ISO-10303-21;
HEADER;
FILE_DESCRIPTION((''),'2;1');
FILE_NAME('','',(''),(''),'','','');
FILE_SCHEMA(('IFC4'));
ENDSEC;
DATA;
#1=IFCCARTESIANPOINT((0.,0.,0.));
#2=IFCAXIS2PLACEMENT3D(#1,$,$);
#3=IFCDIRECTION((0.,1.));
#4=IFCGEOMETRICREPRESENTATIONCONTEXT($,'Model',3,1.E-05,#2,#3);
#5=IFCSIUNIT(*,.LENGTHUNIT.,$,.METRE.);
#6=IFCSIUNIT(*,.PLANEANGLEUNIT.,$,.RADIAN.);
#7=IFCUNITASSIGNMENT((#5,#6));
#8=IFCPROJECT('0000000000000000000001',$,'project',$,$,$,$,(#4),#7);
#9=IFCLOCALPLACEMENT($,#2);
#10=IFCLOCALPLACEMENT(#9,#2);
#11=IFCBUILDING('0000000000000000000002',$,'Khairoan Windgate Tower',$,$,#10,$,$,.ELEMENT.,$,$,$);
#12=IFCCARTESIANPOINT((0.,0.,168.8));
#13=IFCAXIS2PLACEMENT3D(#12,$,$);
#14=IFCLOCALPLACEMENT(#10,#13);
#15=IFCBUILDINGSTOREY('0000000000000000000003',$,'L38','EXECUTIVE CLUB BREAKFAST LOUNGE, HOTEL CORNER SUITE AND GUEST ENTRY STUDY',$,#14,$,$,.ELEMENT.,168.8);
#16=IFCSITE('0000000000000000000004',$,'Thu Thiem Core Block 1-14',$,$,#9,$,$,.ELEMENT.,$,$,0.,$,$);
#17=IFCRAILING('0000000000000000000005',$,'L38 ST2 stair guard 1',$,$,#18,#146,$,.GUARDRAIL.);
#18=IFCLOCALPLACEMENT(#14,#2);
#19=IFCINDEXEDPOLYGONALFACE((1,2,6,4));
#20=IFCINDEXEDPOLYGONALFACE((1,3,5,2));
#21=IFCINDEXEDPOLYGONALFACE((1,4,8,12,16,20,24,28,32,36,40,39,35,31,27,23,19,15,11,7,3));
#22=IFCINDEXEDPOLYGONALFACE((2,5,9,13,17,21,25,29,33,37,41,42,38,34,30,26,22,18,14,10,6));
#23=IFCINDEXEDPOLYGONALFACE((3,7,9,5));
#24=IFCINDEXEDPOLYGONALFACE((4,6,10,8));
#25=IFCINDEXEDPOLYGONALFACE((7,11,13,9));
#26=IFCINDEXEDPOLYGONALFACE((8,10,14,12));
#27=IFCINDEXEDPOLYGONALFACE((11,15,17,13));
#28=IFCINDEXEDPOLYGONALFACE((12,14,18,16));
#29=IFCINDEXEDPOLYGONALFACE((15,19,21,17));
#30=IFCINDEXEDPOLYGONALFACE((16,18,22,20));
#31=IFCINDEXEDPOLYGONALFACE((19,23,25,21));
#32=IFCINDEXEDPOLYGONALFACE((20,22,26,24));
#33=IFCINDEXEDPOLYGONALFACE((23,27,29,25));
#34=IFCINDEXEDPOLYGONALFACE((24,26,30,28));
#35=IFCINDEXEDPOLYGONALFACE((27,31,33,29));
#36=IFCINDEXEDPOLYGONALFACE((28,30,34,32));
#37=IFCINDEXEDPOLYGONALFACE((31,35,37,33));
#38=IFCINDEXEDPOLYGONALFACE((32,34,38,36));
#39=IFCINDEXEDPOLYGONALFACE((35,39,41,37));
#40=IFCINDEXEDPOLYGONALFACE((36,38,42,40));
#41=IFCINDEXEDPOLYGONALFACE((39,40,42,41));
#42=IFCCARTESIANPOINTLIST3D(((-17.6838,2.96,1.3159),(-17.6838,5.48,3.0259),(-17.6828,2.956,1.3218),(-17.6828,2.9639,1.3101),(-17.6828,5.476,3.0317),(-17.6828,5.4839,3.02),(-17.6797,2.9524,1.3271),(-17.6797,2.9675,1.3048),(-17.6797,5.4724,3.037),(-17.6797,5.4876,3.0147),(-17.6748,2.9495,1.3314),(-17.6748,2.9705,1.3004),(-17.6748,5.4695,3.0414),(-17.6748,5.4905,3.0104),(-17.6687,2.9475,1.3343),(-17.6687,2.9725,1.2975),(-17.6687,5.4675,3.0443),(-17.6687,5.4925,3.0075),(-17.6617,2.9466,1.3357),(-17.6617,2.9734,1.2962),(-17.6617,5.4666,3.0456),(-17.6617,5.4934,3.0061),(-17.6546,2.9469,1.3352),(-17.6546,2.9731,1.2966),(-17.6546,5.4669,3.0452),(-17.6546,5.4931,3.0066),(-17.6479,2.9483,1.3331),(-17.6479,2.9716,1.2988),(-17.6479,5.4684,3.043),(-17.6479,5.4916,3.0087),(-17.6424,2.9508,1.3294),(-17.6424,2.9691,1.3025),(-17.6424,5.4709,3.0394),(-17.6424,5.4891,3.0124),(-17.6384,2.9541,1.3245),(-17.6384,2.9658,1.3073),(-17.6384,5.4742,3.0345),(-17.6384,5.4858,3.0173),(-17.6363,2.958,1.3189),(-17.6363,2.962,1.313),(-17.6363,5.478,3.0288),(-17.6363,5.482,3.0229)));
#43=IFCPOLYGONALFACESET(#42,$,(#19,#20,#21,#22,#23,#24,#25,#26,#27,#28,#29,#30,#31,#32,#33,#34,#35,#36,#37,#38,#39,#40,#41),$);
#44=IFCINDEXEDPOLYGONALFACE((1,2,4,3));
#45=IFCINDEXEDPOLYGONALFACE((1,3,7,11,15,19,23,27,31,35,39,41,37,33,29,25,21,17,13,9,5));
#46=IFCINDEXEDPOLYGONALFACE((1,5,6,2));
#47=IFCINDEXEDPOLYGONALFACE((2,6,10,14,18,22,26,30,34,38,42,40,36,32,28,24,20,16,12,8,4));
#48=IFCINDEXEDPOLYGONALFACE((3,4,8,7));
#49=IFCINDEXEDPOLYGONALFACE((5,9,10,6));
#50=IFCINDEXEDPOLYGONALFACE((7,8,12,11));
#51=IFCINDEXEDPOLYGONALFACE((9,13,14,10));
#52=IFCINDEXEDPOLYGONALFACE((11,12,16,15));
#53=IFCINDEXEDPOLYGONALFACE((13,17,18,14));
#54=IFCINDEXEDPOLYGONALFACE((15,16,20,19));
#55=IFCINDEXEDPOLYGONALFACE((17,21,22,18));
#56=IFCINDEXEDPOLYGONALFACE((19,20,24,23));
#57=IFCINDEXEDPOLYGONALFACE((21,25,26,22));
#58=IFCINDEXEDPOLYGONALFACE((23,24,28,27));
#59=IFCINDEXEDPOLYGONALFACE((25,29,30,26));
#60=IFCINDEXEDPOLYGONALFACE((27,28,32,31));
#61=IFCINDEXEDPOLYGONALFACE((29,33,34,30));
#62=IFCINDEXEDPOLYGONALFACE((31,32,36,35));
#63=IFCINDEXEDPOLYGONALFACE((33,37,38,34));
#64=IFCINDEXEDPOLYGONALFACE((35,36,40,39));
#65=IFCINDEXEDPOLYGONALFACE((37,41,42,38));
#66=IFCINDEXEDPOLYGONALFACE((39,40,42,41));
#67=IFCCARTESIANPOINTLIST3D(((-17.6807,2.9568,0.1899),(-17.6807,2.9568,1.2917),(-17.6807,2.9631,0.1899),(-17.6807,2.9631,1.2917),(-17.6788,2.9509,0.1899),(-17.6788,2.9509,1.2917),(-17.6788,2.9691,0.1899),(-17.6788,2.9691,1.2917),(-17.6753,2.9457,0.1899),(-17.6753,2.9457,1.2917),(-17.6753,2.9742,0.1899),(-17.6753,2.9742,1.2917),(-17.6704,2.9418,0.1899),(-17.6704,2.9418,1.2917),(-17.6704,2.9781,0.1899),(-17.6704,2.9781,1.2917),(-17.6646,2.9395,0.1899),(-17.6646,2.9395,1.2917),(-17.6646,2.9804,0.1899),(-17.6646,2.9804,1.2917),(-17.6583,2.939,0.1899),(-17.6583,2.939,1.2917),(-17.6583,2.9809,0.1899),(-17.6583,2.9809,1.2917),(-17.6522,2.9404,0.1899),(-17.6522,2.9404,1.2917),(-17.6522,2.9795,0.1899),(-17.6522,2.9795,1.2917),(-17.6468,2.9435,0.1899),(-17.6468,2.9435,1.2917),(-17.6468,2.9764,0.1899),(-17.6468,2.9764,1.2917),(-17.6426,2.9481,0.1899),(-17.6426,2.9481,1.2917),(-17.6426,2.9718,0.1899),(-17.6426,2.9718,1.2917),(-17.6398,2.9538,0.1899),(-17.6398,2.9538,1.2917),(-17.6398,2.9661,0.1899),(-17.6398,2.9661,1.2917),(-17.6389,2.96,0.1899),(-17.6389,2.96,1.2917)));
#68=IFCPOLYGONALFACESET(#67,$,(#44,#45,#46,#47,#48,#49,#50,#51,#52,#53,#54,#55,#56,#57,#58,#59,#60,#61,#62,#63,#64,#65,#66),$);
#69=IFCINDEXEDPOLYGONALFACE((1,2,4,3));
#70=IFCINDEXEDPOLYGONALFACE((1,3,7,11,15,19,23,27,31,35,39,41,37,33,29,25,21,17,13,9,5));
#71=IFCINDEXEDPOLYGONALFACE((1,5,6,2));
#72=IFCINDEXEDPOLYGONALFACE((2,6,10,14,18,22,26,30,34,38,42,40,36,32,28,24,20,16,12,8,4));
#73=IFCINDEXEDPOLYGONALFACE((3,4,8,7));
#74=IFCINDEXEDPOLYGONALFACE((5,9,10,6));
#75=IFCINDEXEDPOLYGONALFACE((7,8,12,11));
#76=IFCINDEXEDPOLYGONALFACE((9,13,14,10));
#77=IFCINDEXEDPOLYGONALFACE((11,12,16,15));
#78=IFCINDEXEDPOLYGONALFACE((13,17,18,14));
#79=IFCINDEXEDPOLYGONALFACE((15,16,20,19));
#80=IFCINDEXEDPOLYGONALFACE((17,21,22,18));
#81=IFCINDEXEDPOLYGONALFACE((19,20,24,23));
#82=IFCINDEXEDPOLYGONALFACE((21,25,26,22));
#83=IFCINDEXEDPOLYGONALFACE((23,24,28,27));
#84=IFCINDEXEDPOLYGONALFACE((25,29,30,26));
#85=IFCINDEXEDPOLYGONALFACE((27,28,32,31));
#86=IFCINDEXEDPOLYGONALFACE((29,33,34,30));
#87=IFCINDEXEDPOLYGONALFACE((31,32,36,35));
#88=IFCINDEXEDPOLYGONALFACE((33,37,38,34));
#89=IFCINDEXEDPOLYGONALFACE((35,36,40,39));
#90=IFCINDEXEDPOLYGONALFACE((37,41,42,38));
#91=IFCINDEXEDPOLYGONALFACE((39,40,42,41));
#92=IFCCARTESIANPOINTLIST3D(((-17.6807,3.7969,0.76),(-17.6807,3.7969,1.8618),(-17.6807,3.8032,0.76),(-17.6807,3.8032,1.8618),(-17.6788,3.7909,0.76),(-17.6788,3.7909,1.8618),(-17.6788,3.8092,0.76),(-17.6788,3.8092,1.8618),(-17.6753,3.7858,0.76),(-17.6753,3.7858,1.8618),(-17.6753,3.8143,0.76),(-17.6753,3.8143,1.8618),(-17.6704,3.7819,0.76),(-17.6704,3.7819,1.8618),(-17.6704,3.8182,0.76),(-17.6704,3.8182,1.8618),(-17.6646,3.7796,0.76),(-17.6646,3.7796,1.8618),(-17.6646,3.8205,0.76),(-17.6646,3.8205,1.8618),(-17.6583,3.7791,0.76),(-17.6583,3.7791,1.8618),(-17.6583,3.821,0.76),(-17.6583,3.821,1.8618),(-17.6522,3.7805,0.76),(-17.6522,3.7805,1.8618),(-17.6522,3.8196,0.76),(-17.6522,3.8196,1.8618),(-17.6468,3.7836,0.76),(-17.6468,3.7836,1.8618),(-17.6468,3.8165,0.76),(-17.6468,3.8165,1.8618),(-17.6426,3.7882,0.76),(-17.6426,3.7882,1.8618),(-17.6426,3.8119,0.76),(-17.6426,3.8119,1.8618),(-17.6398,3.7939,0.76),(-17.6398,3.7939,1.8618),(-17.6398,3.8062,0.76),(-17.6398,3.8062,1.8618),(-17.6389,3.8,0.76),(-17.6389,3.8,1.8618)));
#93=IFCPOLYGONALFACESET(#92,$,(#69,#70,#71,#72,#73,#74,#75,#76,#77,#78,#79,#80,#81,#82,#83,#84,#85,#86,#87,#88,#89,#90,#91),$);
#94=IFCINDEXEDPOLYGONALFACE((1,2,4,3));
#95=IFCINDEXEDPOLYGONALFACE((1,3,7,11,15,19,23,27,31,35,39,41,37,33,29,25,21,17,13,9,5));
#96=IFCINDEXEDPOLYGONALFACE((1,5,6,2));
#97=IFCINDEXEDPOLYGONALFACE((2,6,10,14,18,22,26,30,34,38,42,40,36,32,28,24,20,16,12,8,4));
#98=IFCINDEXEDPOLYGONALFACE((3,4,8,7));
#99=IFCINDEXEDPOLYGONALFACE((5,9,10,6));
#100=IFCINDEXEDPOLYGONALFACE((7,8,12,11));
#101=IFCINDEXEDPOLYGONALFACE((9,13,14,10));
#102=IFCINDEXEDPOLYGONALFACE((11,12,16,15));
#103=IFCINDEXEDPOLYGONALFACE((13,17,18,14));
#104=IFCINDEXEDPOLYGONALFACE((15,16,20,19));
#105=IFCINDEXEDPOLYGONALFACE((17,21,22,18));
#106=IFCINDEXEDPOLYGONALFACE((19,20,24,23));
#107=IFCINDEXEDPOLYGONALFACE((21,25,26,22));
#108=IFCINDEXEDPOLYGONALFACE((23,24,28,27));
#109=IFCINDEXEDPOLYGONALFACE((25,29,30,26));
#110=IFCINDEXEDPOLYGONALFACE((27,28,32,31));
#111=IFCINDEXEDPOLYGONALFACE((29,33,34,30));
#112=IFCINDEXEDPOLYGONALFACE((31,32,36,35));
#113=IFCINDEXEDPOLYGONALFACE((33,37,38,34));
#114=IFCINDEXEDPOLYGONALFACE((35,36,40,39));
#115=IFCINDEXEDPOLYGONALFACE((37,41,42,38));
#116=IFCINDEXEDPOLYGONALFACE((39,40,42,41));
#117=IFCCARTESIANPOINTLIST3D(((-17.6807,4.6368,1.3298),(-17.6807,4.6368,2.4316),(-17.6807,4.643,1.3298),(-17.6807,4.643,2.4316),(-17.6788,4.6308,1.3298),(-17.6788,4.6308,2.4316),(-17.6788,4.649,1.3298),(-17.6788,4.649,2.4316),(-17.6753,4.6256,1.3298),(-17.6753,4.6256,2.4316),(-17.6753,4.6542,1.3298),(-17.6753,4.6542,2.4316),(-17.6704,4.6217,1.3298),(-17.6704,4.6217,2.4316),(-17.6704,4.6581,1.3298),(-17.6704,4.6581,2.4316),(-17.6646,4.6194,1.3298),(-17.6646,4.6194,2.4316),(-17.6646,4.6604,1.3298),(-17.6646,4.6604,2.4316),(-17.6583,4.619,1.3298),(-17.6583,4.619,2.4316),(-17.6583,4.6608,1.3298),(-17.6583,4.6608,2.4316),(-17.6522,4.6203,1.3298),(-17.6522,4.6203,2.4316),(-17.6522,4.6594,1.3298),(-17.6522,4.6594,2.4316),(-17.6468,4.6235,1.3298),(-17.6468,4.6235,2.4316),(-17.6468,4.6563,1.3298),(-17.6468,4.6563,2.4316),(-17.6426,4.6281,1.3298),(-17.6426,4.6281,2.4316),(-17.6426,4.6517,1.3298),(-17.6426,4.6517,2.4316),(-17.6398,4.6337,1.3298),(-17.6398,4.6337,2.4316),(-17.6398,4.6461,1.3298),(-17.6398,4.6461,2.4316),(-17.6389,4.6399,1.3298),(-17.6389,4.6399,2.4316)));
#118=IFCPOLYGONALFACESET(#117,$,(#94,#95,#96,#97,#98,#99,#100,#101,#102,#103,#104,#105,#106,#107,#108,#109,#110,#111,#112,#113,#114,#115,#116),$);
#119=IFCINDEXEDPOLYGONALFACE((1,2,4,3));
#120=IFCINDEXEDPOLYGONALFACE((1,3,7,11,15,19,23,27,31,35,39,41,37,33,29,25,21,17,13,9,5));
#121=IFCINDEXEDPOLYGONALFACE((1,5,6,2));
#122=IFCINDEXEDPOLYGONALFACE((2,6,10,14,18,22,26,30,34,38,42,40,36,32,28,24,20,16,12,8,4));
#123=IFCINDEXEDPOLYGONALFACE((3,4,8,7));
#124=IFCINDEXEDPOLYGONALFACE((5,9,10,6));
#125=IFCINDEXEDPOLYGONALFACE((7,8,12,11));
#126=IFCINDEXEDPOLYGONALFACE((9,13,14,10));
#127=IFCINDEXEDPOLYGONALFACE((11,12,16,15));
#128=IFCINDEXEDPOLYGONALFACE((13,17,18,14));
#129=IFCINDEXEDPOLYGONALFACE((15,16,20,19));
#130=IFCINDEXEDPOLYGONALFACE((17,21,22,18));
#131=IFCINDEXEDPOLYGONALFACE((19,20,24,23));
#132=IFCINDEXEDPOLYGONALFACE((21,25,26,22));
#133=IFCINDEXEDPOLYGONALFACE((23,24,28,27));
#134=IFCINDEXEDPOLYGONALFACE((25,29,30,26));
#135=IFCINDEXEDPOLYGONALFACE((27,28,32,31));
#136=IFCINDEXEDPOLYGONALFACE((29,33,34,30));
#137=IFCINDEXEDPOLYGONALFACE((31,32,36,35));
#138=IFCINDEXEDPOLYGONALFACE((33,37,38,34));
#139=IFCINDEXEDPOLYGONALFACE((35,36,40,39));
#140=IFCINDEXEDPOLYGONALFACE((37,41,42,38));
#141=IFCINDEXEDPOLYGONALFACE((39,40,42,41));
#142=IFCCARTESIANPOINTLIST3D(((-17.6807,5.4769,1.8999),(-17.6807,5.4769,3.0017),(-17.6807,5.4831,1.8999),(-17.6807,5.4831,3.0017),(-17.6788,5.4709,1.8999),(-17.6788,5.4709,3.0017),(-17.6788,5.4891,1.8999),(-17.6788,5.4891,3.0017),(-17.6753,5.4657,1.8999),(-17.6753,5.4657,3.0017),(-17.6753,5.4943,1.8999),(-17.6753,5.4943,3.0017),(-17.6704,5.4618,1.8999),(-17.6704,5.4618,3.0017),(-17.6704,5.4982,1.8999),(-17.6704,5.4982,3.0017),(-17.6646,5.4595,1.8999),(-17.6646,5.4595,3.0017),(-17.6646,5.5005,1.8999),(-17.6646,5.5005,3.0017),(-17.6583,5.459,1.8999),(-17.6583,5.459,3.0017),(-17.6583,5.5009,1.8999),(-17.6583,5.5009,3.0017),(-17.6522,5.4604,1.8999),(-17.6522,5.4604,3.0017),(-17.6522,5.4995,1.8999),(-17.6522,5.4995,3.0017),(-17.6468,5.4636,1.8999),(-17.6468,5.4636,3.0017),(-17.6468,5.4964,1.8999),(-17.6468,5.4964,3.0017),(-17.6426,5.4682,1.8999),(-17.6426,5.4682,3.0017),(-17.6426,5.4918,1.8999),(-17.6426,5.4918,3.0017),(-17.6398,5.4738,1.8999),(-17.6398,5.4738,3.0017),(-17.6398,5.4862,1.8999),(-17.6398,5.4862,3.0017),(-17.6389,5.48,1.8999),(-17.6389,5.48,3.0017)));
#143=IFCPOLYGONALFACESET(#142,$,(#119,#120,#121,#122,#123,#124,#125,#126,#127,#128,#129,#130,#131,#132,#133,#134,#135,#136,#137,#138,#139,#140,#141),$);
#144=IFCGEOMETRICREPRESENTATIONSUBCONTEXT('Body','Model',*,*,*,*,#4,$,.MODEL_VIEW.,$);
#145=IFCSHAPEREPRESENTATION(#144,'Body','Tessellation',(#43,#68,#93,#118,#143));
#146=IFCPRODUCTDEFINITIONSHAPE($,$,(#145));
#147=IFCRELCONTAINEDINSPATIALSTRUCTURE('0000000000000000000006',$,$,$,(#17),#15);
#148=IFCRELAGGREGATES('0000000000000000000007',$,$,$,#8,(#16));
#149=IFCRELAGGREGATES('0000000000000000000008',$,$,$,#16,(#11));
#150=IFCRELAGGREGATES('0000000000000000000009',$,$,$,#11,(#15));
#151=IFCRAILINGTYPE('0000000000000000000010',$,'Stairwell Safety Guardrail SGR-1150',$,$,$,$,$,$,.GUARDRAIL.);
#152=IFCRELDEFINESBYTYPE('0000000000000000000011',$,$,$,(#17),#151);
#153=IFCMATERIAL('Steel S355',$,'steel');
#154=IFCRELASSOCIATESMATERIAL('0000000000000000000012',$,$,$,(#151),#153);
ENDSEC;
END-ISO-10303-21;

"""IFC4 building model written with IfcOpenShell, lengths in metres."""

from ifc_helpers import new_model, si_unit, direction, frame, origin, origin_2d, place, context, subcontext, project, spatial, circle, extrude, material, type_object, element, save


model = new_model("IFC4")

# Units and contexts
model_context = context("Model", 3, precision=1e-05, world=origin(), true_north=direction((0.0, 1.0)))
body_context = subcontext(model_context, "Body", "Model", "MODEL_VIEW")
ifc_project = project(units=[si_unit("LENGTHUNIT", "METRE"), si_unit("PLANEANGLEUNIT", "RADIAN")], contexts=[model_context])

# Site, building, storey
site_placement = place(None, origin())
site = spatial("IfcSite", under=ifc_project, at=site_placement, Name="Thu Thiem Core Block 1-14", CompositionType="ELEMENT", RefElevation=0.0)
building_placement = place(site_placement, origin())
building = spatial("IfcBuilding", under=site, at=building_placement, Name="Khairoan Windgate Tower", CompositionType="ELEMENT")
storey_placement = place(building_placement, frame((0.0, 0.0, 168.8)))
storey = spatial("IfcBuildingStorey", under=building, at=storey_placement, Name="L38", Description="EXECUTIVE CLUB BREAKFAST LOUNGE, HOTEL CORNER SUITE AND GUEST ENTRY STUDY", CompositionType="ELEMENT", Elevation=168.8)

# Railing
ifc_material_1 = material(Name="Steel S355", Category="steel")
railing_type_1 = type_object("IfcRailingType", Name="Stairwell Safety Guardrail SGR-1150", PredefinedType="GUARDRAIL", material=ifc_material_1)
railing_1_placement = place(storey_placement, frame((-17.6599, 2.96, 0.1899)))
element("IfcRailing", 1, at=railing_1_placement, inside=storey, type_object=railing_type_1, Name="L38 ST2 stair guard 1", PredefinedType="GUARDRAIL", context=body_context, shape_type="SweptSolid", body=[
    extrude(circle(Radius=0.0239, at=origin_2d()), frame((0.0, 0.0, 1.126), z_axis=(0.0, 0.827484, 0.56149), x_axis=(-1.0, 0.0, 0.0)), (0.0, 0.0, 1.0), 3.0454),
    extrude(circle(Radius=0.021, at=origin_2d()), origin(), (0.0, 0.0, 1.0), 1.1018),
    extrude(circle(Radius=0.021, at=origin_2d()), frame((0.0, 0.8401, 0.5701)), (0.0, 0.0, 1.0), 1.1018),
    extrude(circle(Radius=0.021, at=origin_2d()), frame((0.0, 1.6799, 1.1399)), (0.0, 0.0, 1.0), 1.1018),
    extrude(circle(Radius=0.021, at=origin_2d()), frame((0.0, 2.52, 1.71)), (0.0, 0.0, 1.0), 1.1018),
])

save(model, "model.ifc")
